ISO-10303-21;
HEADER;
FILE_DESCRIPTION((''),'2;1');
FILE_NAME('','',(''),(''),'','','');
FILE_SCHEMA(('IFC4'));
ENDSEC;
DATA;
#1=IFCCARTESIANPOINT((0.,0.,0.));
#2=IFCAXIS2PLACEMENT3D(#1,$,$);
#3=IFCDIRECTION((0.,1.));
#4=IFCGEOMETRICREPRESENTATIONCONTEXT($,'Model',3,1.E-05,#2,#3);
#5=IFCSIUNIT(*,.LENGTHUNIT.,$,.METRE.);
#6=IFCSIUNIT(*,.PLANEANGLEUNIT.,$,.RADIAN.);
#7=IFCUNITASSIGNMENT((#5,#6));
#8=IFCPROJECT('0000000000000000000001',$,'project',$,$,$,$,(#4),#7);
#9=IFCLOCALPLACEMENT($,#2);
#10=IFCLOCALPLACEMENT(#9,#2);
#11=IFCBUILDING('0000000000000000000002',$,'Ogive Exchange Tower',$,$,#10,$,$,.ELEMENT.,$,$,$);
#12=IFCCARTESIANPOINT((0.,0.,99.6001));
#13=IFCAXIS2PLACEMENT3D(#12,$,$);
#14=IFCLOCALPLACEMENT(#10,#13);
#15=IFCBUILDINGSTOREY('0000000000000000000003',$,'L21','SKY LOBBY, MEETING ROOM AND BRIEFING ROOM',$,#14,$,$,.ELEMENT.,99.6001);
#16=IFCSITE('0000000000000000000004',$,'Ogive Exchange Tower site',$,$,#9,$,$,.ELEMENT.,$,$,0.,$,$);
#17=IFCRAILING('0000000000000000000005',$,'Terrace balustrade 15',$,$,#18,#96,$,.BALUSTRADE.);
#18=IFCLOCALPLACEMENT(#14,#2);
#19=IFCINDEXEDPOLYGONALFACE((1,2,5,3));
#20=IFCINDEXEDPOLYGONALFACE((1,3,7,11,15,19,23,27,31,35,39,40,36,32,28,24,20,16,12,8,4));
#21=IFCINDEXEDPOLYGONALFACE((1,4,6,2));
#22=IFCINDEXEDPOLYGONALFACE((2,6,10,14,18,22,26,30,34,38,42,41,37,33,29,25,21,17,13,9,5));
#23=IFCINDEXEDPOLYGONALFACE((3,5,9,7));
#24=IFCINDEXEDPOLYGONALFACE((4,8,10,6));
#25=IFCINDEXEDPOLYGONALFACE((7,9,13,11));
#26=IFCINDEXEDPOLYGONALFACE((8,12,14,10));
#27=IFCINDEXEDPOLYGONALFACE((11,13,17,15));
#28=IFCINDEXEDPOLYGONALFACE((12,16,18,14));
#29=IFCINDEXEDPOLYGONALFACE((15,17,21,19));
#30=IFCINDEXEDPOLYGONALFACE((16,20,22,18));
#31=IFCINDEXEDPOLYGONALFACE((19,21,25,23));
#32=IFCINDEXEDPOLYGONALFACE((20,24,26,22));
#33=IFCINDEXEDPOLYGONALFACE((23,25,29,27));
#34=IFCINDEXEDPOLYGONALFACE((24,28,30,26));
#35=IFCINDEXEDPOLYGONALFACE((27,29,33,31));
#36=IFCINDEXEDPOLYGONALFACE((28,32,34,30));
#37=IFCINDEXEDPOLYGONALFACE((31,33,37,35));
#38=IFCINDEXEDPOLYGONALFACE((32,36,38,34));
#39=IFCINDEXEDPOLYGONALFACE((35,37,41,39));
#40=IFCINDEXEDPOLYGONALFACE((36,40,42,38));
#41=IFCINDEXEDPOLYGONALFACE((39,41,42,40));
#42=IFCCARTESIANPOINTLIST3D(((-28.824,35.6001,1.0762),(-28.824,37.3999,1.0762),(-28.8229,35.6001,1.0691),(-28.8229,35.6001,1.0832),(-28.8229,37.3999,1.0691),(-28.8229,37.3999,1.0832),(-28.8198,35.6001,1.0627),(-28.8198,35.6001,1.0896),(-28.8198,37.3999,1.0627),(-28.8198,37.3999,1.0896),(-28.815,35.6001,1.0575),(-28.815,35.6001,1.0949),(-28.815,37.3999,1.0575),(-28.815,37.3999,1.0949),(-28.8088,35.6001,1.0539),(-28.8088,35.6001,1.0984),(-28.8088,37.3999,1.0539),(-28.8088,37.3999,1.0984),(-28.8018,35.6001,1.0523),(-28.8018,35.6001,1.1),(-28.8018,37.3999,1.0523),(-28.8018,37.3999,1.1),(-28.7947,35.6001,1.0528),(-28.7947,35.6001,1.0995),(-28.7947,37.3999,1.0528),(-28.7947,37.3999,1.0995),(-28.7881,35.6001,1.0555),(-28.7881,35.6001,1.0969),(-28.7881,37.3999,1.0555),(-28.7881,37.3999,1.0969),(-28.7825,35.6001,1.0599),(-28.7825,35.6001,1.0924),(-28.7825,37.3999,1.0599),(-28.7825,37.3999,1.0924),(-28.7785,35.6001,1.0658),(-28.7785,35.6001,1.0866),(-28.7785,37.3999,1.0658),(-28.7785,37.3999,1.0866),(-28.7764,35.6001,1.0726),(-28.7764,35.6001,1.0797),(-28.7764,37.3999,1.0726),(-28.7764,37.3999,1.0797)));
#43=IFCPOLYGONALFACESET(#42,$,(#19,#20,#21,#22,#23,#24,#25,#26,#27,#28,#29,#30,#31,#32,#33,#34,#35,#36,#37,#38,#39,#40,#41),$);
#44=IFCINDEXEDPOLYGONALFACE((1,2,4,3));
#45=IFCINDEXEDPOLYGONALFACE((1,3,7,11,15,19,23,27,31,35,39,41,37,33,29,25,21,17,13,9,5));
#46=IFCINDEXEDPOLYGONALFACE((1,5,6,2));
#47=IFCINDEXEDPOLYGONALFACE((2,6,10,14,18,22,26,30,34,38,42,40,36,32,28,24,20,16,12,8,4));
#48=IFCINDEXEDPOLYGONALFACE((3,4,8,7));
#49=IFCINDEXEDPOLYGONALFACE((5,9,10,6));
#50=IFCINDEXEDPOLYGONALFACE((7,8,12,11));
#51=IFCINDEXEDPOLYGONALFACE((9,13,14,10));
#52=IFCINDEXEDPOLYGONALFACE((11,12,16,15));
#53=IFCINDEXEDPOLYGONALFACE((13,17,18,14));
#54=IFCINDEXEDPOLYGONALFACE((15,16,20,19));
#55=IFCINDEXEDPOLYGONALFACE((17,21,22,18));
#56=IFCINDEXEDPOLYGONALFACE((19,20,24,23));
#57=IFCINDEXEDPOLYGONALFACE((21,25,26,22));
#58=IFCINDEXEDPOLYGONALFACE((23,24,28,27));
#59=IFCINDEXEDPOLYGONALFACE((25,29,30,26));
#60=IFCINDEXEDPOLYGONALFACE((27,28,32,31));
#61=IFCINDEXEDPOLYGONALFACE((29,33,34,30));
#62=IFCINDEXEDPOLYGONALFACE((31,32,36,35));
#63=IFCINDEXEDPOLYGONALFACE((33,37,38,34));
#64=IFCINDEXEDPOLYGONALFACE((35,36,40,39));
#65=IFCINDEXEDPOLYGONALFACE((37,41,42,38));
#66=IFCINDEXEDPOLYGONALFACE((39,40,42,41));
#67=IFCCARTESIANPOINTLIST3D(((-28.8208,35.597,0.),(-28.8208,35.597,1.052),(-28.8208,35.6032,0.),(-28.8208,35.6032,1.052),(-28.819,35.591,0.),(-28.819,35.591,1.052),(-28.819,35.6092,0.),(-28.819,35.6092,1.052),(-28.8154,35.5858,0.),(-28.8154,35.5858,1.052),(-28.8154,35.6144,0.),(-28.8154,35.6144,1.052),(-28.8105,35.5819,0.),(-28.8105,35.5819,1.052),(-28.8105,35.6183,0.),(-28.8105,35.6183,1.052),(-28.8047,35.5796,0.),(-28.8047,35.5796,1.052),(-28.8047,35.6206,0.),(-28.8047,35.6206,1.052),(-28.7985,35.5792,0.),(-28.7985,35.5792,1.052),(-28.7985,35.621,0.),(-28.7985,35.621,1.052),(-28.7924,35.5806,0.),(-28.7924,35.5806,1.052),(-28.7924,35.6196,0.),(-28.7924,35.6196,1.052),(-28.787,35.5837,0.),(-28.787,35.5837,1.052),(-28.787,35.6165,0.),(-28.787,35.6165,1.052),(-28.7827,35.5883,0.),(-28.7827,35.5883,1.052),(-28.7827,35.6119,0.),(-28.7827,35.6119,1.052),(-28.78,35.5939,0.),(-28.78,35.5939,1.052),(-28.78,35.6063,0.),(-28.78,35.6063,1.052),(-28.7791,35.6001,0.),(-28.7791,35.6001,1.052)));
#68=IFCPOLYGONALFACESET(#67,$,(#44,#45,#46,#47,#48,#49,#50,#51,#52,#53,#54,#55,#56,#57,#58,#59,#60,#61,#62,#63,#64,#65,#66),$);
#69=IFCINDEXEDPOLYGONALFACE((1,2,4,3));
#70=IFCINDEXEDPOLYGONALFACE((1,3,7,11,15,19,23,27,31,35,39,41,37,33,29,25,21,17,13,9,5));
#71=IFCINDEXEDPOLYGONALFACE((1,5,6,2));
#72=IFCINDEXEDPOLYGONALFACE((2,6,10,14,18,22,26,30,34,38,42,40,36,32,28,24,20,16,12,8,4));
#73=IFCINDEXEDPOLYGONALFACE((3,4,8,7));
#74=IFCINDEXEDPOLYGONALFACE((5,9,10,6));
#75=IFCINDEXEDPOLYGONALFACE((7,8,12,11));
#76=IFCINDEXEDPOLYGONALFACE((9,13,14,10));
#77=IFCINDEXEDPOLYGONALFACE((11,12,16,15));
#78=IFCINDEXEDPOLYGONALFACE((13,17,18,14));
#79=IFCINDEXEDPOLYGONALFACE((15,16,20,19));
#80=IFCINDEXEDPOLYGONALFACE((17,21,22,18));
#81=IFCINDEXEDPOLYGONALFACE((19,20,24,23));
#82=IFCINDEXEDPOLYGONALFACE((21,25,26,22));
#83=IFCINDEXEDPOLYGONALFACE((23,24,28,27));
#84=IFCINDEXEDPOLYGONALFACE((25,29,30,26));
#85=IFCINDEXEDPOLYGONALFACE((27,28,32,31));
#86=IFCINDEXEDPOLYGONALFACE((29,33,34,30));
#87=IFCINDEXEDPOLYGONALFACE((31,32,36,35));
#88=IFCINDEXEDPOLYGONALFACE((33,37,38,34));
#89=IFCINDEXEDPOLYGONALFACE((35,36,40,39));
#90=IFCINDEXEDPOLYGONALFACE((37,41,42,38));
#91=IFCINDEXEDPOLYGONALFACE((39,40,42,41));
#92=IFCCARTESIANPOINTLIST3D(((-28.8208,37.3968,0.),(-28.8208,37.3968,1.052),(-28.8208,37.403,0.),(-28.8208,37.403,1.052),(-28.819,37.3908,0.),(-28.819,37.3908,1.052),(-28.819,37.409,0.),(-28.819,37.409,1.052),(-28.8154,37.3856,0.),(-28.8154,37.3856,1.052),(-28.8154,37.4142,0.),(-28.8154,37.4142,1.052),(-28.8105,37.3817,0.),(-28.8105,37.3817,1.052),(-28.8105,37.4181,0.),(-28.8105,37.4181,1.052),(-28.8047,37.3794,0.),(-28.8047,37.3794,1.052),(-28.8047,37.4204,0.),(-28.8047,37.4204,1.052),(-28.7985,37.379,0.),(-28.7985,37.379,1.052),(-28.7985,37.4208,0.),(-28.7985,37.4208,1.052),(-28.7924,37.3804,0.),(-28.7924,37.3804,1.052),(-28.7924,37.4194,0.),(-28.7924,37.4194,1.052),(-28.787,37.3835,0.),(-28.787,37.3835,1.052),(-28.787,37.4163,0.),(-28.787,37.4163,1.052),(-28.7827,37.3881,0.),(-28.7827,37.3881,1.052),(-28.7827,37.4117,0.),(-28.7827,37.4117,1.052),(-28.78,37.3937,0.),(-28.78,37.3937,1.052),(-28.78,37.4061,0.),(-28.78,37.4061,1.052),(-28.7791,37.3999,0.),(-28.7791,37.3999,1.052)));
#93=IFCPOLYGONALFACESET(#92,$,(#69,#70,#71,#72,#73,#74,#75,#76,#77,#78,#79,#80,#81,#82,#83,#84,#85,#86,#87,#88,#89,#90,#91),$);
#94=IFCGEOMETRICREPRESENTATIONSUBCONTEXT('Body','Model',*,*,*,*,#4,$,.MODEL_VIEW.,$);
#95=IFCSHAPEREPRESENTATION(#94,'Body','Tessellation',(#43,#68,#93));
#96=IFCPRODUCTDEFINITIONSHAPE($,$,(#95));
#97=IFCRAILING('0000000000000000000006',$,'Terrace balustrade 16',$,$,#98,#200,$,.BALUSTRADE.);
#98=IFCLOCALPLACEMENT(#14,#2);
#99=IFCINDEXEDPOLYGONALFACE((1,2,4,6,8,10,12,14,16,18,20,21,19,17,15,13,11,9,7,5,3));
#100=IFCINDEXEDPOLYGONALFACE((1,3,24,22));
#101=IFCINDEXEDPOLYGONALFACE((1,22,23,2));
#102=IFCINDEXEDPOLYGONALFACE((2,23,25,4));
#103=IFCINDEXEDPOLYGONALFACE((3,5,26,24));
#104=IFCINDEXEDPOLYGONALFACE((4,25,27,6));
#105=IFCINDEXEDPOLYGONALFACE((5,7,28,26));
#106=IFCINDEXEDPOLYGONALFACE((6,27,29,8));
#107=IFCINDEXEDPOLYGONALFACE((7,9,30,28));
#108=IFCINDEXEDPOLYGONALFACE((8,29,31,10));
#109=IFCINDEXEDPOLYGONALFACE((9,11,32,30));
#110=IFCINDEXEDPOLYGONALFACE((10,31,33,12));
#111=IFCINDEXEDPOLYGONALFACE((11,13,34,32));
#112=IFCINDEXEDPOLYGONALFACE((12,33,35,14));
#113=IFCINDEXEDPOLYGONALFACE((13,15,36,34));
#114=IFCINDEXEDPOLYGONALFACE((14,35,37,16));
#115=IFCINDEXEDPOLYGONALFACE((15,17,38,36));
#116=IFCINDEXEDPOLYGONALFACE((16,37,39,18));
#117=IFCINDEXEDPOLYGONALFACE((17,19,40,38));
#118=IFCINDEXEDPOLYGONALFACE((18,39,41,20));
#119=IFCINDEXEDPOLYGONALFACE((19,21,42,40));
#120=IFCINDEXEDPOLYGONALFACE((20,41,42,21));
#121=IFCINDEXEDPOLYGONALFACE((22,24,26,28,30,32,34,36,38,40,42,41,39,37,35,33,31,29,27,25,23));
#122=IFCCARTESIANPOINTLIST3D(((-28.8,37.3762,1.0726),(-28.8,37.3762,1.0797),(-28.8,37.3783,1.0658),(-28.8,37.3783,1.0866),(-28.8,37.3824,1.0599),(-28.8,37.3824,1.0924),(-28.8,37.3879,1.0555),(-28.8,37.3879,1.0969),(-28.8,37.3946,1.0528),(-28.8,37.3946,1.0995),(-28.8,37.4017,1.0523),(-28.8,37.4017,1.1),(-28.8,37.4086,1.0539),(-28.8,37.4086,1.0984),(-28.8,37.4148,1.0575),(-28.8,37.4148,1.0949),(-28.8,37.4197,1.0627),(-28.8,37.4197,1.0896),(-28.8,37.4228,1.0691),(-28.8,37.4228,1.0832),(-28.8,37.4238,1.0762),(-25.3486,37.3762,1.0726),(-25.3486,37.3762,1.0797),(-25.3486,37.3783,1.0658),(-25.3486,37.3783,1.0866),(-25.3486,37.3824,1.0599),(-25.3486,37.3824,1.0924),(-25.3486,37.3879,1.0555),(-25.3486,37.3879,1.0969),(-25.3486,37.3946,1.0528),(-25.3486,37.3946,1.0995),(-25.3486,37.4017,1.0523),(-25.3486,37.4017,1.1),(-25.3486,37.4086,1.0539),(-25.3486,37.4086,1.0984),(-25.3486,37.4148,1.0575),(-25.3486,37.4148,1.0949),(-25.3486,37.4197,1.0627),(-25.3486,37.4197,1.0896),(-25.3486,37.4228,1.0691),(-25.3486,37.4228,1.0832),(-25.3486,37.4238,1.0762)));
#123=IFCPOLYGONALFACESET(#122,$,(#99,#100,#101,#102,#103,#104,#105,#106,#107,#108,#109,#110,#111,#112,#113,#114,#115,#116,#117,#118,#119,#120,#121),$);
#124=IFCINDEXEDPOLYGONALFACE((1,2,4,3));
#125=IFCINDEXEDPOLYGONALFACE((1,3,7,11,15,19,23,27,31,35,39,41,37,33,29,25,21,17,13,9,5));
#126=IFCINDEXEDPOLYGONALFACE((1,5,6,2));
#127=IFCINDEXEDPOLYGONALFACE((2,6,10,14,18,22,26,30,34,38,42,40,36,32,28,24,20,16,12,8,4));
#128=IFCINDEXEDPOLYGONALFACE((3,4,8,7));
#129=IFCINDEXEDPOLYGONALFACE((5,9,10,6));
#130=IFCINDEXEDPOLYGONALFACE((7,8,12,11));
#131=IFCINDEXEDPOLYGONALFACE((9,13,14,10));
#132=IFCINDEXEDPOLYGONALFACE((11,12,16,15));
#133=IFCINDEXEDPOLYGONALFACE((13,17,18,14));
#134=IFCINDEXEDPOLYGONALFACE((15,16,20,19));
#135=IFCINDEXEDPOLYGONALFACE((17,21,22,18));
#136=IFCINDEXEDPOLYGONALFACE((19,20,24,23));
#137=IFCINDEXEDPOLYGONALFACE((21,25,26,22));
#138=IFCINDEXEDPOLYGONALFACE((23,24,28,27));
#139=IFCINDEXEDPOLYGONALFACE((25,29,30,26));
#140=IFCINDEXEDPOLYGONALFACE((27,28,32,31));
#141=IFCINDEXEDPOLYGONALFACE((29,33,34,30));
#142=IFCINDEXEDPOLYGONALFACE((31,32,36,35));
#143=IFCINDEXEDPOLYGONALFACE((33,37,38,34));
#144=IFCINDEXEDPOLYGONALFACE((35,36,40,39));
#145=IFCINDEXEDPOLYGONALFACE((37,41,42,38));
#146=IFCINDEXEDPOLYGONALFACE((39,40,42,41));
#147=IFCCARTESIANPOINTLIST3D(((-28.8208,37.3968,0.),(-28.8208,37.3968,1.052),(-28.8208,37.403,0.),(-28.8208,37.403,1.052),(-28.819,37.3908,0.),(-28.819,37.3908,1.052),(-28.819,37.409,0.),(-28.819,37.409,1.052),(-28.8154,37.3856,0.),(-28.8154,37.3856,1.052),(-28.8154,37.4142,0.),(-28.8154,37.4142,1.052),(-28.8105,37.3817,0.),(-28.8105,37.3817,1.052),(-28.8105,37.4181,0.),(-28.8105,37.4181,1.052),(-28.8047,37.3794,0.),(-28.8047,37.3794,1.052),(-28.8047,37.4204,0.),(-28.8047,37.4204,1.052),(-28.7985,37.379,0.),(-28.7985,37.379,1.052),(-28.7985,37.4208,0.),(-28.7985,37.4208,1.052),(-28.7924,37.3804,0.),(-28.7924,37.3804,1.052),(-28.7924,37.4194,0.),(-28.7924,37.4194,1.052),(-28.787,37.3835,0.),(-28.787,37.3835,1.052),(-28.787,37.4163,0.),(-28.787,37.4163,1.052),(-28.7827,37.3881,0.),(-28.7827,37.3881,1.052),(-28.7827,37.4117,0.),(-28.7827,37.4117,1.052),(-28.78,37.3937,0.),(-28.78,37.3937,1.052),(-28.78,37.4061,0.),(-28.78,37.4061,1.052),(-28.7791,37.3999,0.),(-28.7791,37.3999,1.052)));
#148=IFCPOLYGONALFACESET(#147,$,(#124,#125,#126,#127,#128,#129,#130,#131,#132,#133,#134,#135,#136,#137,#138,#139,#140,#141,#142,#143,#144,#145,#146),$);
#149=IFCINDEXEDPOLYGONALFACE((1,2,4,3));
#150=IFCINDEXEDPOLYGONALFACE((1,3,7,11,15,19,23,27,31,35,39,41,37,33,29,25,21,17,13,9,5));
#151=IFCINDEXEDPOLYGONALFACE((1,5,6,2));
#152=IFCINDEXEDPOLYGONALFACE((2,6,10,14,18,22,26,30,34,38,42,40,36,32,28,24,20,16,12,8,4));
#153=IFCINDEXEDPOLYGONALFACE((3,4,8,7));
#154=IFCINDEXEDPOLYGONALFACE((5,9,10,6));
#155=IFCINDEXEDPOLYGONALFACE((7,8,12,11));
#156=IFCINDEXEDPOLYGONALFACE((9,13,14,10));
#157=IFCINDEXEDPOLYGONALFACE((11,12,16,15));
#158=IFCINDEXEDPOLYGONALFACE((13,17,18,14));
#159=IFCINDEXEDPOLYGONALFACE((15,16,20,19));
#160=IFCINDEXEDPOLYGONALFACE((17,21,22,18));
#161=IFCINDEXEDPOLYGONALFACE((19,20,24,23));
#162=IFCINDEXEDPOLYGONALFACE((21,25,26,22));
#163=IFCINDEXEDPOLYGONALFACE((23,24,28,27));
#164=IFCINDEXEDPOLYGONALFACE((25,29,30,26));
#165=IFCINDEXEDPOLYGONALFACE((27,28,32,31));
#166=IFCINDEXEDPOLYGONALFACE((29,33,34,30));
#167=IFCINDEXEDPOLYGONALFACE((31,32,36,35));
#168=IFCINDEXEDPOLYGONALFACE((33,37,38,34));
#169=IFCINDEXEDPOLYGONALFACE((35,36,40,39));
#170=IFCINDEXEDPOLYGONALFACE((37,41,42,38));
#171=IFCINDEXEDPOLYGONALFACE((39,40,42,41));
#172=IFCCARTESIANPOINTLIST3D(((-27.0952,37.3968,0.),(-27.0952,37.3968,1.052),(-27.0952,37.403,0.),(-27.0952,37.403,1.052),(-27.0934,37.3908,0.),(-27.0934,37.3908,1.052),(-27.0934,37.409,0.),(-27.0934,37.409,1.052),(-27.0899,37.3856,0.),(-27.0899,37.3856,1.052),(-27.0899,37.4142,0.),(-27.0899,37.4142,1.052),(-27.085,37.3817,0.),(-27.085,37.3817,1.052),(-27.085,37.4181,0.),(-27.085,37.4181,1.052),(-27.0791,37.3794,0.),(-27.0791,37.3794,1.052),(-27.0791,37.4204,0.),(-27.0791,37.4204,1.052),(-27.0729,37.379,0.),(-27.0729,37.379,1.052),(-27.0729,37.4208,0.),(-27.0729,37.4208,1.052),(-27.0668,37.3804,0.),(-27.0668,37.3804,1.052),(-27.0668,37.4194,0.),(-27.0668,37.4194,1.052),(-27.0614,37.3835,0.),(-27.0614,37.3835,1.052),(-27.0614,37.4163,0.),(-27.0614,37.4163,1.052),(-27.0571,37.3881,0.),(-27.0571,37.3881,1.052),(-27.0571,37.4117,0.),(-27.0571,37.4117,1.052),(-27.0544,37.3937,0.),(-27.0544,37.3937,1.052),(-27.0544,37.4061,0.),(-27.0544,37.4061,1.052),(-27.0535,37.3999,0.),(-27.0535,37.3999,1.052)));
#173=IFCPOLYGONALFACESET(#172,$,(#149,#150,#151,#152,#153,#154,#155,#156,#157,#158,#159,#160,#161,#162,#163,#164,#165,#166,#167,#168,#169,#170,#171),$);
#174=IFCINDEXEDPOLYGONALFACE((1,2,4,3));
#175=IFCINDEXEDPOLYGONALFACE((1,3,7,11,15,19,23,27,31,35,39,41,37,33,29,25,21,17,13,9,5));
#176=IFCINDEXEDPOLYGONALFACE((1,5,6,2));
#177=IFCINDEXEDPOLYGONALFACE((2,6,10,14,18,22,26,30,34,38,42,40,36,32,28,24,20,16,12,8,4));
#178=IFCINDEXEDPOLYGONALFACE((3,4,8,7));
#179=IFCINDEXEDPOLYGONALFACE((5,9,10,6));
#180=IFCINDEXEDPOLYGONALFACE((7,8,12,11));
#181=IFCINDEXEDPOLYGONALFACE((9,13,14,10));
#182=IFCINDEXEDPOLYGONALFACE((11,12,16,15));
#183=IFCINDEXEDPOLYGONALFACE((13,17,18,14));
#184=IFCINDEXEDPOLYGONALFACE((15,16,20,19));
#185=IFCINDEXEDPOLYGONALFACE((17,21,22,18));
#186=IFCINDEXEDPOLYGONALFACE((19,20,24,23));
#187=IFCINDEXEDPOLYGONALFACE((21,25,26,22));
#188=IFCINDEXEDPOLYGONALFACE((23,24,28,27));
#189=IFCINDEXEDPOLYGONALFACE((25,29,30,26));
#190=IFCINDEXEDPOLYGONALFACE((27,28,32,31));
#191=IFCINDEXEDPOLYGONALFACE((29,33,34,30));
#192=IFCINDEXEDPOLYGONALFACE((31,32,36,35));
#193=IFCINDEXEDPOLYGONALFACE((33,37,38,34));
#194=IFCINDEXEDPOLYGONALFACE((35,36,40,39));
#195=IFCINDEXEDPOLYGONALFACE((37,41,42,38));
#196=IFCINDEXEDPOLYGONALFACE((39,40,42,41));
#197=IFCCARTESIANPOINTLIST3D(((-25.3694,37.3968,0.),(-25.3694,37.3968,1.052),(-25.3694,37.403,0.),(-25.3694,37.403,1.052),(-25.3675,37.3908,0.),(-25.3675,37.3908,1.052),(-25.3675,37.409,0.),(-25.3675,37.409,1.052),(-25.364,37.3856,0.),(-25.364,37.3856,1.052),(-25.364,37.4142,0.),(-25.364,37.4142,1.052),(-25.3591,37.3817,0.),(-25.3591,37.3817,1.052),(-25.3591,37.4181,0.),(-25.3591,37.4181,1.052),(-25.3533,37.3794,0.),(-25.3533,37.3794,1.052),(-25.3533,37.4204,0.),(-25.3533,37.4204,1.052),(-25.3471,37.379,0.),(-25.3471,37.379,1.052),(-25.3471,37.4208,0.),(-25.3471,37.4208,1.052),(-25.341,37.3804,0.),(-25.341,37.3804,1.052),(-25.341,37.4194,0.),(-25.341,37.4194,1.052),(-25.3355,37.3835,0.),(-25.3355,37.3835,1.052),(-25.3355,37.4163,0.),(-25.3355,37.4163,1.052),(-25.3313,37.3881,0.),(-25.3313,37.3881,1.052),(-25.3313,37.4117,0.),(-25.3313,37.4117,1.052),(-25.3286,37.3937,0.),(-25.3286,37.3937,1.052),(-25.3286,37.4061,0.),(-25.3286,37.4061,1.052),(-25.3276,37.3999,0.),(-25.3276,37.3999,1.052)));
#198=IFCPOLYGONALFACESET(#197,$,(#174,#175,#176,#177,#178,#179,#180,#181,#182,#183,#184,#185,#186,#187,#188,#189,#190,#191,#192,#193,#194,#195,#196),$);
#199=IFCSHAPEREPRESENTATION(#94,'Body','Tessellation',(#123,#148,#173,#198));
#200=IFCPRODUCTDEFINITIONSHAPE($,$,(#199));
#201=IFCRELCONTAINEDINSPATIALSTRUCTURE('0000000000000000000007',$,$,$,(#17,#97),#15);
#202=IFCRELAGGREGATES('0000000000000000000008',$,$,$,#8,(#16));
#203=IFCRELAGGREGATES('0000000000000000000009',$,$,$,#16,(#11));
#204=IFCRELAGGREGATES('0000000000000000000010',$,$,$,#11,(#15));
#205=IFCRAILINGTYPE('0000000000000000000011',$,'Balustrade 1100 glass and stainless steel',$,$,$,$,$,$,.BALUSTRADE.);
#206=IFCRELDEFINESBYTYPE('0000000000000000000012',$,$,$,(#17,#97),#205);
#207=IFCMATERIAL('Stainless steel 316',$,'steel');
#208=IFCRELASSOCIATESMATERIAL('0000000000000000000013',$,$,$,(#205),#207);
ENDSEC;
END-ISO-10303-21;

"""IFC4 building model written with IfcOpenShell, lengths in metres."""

from ifc_helpers import new_model, si_unit, direction, frame, origin, origin_2d, place, context, subcontext, project, spatial, circle, extrude, material, type_object, element, save


model = new_model("IFC4")

# Units and contexts
model_context = context("Model", 3, precision=1e-05, world=origin(), true_north=direction((0.0, 1.0)))
body_context = subcontext(model_context, "Body", "Model", "MODEL_VIEW")
ifc_project = project(units=[si_unit("LENGTHUNIT", "METRE"), si_unit("PLANEANGLEUNIT", "RADIAN")], contexts=[model_context])

# Site, building, storey
site_placement = place(None, origin())
site = spatial("IfcSite", under=ifc_project, at=site_placement, Name="Ogive Exchange Tower site", CompositionType="ELEMENT", RefElevation=0.0)
building_placement = place(site_placement, origin())
building = spatial("IfcBuilding", under=site, at=building_placement, Name="Ogive Exchange Tower", CompositionType="ELEMENT")
storey_placement = place(building_placement, frame((0.0, 0.0, 99.6001)))
storey = spatial("IfcBuildingStorey", under=building, at=storey_placement, Name="L21", Description="SKY LOBBY, MEETING ROOM AND BRIEFING ROOM", CompositionType="ELEMENT", Elevation=99.6001)

# Railings
ifc_material_1 = material(Name="Stainless steel 316", Category="steel")
railing_type_1 = type_object("IfcRailingType", Name="Balustrade 1100 glass and stainless steel", PredefinedType="BALUSTRADE", material=ifc_material_1)
railing_1_placement = place(storey_placement, frame((-28.8, 35.6001, 0.0)))
element("IfcRailing", 1, at=railing_1_placement, inside=storey, type_object=railing_type_1, Name="Terrace balustrade 15", PredefinedType="BALUSTRADE", context=body_context, shape_type="SweptSolid", body=[
    extrude(circle(Radius=0.0239, at=origin_2d()), frame((0.0, 0.0, 1.0762), z_axis=(0.0, 1.0, 0.0), x_axis=(-1.0, 0.0, 0.0)), (0.0, 0.0, 1.0), 1.7998),
    extrude(circle(Radius=0.021, at=origin_2d()), origin(), (0.0, 0.0, 1.0), 1.052),
    extrude(circle(Radius=0.021, at=origin_2d()), frame((0.0, 1.7998, 0.0)), (0.0, 0.0, 1.0), 1.052),
])
railing_2_placement = place(storey_placement, frame((-28.8, 37.3999, 0.0)))
element("IfcRailing", 2, at=railing_2_placement, inside=storey, type_object=railing_type_1, Name="Terrace balustrade 16", PredefinedType="BALUSTRADE", context=body_context, shape_type="SweptSolid", body=[
    extrude(circle(Radius=0.0239, at=origin_2d()), frame((0.0, 0.0, 1.0762), z_axis=(1.0, 0.0, 0.0), x_axis=(0.0, 1.0, 0.0)), (0.0, 0.0, 1.0), 3.4514),
    extrude(circle(Radius=0.021, at=origin_2d()), origin(), (0.0, 0.0, 1.0), 1.052),
    extrude(circle(Radius=0.021, at=origin_2d()), frame((1.7256, 0.0, 0.0)), (0.0, 0.0, 1.0), 1.052),
    extrude(circle(Radius=0.021, at=origin_2d()), frame((3.4514, 0.0, 0.0)), (0.0, 0.0, 1.0), 1.052),
])

save(model, "model.ifc")
